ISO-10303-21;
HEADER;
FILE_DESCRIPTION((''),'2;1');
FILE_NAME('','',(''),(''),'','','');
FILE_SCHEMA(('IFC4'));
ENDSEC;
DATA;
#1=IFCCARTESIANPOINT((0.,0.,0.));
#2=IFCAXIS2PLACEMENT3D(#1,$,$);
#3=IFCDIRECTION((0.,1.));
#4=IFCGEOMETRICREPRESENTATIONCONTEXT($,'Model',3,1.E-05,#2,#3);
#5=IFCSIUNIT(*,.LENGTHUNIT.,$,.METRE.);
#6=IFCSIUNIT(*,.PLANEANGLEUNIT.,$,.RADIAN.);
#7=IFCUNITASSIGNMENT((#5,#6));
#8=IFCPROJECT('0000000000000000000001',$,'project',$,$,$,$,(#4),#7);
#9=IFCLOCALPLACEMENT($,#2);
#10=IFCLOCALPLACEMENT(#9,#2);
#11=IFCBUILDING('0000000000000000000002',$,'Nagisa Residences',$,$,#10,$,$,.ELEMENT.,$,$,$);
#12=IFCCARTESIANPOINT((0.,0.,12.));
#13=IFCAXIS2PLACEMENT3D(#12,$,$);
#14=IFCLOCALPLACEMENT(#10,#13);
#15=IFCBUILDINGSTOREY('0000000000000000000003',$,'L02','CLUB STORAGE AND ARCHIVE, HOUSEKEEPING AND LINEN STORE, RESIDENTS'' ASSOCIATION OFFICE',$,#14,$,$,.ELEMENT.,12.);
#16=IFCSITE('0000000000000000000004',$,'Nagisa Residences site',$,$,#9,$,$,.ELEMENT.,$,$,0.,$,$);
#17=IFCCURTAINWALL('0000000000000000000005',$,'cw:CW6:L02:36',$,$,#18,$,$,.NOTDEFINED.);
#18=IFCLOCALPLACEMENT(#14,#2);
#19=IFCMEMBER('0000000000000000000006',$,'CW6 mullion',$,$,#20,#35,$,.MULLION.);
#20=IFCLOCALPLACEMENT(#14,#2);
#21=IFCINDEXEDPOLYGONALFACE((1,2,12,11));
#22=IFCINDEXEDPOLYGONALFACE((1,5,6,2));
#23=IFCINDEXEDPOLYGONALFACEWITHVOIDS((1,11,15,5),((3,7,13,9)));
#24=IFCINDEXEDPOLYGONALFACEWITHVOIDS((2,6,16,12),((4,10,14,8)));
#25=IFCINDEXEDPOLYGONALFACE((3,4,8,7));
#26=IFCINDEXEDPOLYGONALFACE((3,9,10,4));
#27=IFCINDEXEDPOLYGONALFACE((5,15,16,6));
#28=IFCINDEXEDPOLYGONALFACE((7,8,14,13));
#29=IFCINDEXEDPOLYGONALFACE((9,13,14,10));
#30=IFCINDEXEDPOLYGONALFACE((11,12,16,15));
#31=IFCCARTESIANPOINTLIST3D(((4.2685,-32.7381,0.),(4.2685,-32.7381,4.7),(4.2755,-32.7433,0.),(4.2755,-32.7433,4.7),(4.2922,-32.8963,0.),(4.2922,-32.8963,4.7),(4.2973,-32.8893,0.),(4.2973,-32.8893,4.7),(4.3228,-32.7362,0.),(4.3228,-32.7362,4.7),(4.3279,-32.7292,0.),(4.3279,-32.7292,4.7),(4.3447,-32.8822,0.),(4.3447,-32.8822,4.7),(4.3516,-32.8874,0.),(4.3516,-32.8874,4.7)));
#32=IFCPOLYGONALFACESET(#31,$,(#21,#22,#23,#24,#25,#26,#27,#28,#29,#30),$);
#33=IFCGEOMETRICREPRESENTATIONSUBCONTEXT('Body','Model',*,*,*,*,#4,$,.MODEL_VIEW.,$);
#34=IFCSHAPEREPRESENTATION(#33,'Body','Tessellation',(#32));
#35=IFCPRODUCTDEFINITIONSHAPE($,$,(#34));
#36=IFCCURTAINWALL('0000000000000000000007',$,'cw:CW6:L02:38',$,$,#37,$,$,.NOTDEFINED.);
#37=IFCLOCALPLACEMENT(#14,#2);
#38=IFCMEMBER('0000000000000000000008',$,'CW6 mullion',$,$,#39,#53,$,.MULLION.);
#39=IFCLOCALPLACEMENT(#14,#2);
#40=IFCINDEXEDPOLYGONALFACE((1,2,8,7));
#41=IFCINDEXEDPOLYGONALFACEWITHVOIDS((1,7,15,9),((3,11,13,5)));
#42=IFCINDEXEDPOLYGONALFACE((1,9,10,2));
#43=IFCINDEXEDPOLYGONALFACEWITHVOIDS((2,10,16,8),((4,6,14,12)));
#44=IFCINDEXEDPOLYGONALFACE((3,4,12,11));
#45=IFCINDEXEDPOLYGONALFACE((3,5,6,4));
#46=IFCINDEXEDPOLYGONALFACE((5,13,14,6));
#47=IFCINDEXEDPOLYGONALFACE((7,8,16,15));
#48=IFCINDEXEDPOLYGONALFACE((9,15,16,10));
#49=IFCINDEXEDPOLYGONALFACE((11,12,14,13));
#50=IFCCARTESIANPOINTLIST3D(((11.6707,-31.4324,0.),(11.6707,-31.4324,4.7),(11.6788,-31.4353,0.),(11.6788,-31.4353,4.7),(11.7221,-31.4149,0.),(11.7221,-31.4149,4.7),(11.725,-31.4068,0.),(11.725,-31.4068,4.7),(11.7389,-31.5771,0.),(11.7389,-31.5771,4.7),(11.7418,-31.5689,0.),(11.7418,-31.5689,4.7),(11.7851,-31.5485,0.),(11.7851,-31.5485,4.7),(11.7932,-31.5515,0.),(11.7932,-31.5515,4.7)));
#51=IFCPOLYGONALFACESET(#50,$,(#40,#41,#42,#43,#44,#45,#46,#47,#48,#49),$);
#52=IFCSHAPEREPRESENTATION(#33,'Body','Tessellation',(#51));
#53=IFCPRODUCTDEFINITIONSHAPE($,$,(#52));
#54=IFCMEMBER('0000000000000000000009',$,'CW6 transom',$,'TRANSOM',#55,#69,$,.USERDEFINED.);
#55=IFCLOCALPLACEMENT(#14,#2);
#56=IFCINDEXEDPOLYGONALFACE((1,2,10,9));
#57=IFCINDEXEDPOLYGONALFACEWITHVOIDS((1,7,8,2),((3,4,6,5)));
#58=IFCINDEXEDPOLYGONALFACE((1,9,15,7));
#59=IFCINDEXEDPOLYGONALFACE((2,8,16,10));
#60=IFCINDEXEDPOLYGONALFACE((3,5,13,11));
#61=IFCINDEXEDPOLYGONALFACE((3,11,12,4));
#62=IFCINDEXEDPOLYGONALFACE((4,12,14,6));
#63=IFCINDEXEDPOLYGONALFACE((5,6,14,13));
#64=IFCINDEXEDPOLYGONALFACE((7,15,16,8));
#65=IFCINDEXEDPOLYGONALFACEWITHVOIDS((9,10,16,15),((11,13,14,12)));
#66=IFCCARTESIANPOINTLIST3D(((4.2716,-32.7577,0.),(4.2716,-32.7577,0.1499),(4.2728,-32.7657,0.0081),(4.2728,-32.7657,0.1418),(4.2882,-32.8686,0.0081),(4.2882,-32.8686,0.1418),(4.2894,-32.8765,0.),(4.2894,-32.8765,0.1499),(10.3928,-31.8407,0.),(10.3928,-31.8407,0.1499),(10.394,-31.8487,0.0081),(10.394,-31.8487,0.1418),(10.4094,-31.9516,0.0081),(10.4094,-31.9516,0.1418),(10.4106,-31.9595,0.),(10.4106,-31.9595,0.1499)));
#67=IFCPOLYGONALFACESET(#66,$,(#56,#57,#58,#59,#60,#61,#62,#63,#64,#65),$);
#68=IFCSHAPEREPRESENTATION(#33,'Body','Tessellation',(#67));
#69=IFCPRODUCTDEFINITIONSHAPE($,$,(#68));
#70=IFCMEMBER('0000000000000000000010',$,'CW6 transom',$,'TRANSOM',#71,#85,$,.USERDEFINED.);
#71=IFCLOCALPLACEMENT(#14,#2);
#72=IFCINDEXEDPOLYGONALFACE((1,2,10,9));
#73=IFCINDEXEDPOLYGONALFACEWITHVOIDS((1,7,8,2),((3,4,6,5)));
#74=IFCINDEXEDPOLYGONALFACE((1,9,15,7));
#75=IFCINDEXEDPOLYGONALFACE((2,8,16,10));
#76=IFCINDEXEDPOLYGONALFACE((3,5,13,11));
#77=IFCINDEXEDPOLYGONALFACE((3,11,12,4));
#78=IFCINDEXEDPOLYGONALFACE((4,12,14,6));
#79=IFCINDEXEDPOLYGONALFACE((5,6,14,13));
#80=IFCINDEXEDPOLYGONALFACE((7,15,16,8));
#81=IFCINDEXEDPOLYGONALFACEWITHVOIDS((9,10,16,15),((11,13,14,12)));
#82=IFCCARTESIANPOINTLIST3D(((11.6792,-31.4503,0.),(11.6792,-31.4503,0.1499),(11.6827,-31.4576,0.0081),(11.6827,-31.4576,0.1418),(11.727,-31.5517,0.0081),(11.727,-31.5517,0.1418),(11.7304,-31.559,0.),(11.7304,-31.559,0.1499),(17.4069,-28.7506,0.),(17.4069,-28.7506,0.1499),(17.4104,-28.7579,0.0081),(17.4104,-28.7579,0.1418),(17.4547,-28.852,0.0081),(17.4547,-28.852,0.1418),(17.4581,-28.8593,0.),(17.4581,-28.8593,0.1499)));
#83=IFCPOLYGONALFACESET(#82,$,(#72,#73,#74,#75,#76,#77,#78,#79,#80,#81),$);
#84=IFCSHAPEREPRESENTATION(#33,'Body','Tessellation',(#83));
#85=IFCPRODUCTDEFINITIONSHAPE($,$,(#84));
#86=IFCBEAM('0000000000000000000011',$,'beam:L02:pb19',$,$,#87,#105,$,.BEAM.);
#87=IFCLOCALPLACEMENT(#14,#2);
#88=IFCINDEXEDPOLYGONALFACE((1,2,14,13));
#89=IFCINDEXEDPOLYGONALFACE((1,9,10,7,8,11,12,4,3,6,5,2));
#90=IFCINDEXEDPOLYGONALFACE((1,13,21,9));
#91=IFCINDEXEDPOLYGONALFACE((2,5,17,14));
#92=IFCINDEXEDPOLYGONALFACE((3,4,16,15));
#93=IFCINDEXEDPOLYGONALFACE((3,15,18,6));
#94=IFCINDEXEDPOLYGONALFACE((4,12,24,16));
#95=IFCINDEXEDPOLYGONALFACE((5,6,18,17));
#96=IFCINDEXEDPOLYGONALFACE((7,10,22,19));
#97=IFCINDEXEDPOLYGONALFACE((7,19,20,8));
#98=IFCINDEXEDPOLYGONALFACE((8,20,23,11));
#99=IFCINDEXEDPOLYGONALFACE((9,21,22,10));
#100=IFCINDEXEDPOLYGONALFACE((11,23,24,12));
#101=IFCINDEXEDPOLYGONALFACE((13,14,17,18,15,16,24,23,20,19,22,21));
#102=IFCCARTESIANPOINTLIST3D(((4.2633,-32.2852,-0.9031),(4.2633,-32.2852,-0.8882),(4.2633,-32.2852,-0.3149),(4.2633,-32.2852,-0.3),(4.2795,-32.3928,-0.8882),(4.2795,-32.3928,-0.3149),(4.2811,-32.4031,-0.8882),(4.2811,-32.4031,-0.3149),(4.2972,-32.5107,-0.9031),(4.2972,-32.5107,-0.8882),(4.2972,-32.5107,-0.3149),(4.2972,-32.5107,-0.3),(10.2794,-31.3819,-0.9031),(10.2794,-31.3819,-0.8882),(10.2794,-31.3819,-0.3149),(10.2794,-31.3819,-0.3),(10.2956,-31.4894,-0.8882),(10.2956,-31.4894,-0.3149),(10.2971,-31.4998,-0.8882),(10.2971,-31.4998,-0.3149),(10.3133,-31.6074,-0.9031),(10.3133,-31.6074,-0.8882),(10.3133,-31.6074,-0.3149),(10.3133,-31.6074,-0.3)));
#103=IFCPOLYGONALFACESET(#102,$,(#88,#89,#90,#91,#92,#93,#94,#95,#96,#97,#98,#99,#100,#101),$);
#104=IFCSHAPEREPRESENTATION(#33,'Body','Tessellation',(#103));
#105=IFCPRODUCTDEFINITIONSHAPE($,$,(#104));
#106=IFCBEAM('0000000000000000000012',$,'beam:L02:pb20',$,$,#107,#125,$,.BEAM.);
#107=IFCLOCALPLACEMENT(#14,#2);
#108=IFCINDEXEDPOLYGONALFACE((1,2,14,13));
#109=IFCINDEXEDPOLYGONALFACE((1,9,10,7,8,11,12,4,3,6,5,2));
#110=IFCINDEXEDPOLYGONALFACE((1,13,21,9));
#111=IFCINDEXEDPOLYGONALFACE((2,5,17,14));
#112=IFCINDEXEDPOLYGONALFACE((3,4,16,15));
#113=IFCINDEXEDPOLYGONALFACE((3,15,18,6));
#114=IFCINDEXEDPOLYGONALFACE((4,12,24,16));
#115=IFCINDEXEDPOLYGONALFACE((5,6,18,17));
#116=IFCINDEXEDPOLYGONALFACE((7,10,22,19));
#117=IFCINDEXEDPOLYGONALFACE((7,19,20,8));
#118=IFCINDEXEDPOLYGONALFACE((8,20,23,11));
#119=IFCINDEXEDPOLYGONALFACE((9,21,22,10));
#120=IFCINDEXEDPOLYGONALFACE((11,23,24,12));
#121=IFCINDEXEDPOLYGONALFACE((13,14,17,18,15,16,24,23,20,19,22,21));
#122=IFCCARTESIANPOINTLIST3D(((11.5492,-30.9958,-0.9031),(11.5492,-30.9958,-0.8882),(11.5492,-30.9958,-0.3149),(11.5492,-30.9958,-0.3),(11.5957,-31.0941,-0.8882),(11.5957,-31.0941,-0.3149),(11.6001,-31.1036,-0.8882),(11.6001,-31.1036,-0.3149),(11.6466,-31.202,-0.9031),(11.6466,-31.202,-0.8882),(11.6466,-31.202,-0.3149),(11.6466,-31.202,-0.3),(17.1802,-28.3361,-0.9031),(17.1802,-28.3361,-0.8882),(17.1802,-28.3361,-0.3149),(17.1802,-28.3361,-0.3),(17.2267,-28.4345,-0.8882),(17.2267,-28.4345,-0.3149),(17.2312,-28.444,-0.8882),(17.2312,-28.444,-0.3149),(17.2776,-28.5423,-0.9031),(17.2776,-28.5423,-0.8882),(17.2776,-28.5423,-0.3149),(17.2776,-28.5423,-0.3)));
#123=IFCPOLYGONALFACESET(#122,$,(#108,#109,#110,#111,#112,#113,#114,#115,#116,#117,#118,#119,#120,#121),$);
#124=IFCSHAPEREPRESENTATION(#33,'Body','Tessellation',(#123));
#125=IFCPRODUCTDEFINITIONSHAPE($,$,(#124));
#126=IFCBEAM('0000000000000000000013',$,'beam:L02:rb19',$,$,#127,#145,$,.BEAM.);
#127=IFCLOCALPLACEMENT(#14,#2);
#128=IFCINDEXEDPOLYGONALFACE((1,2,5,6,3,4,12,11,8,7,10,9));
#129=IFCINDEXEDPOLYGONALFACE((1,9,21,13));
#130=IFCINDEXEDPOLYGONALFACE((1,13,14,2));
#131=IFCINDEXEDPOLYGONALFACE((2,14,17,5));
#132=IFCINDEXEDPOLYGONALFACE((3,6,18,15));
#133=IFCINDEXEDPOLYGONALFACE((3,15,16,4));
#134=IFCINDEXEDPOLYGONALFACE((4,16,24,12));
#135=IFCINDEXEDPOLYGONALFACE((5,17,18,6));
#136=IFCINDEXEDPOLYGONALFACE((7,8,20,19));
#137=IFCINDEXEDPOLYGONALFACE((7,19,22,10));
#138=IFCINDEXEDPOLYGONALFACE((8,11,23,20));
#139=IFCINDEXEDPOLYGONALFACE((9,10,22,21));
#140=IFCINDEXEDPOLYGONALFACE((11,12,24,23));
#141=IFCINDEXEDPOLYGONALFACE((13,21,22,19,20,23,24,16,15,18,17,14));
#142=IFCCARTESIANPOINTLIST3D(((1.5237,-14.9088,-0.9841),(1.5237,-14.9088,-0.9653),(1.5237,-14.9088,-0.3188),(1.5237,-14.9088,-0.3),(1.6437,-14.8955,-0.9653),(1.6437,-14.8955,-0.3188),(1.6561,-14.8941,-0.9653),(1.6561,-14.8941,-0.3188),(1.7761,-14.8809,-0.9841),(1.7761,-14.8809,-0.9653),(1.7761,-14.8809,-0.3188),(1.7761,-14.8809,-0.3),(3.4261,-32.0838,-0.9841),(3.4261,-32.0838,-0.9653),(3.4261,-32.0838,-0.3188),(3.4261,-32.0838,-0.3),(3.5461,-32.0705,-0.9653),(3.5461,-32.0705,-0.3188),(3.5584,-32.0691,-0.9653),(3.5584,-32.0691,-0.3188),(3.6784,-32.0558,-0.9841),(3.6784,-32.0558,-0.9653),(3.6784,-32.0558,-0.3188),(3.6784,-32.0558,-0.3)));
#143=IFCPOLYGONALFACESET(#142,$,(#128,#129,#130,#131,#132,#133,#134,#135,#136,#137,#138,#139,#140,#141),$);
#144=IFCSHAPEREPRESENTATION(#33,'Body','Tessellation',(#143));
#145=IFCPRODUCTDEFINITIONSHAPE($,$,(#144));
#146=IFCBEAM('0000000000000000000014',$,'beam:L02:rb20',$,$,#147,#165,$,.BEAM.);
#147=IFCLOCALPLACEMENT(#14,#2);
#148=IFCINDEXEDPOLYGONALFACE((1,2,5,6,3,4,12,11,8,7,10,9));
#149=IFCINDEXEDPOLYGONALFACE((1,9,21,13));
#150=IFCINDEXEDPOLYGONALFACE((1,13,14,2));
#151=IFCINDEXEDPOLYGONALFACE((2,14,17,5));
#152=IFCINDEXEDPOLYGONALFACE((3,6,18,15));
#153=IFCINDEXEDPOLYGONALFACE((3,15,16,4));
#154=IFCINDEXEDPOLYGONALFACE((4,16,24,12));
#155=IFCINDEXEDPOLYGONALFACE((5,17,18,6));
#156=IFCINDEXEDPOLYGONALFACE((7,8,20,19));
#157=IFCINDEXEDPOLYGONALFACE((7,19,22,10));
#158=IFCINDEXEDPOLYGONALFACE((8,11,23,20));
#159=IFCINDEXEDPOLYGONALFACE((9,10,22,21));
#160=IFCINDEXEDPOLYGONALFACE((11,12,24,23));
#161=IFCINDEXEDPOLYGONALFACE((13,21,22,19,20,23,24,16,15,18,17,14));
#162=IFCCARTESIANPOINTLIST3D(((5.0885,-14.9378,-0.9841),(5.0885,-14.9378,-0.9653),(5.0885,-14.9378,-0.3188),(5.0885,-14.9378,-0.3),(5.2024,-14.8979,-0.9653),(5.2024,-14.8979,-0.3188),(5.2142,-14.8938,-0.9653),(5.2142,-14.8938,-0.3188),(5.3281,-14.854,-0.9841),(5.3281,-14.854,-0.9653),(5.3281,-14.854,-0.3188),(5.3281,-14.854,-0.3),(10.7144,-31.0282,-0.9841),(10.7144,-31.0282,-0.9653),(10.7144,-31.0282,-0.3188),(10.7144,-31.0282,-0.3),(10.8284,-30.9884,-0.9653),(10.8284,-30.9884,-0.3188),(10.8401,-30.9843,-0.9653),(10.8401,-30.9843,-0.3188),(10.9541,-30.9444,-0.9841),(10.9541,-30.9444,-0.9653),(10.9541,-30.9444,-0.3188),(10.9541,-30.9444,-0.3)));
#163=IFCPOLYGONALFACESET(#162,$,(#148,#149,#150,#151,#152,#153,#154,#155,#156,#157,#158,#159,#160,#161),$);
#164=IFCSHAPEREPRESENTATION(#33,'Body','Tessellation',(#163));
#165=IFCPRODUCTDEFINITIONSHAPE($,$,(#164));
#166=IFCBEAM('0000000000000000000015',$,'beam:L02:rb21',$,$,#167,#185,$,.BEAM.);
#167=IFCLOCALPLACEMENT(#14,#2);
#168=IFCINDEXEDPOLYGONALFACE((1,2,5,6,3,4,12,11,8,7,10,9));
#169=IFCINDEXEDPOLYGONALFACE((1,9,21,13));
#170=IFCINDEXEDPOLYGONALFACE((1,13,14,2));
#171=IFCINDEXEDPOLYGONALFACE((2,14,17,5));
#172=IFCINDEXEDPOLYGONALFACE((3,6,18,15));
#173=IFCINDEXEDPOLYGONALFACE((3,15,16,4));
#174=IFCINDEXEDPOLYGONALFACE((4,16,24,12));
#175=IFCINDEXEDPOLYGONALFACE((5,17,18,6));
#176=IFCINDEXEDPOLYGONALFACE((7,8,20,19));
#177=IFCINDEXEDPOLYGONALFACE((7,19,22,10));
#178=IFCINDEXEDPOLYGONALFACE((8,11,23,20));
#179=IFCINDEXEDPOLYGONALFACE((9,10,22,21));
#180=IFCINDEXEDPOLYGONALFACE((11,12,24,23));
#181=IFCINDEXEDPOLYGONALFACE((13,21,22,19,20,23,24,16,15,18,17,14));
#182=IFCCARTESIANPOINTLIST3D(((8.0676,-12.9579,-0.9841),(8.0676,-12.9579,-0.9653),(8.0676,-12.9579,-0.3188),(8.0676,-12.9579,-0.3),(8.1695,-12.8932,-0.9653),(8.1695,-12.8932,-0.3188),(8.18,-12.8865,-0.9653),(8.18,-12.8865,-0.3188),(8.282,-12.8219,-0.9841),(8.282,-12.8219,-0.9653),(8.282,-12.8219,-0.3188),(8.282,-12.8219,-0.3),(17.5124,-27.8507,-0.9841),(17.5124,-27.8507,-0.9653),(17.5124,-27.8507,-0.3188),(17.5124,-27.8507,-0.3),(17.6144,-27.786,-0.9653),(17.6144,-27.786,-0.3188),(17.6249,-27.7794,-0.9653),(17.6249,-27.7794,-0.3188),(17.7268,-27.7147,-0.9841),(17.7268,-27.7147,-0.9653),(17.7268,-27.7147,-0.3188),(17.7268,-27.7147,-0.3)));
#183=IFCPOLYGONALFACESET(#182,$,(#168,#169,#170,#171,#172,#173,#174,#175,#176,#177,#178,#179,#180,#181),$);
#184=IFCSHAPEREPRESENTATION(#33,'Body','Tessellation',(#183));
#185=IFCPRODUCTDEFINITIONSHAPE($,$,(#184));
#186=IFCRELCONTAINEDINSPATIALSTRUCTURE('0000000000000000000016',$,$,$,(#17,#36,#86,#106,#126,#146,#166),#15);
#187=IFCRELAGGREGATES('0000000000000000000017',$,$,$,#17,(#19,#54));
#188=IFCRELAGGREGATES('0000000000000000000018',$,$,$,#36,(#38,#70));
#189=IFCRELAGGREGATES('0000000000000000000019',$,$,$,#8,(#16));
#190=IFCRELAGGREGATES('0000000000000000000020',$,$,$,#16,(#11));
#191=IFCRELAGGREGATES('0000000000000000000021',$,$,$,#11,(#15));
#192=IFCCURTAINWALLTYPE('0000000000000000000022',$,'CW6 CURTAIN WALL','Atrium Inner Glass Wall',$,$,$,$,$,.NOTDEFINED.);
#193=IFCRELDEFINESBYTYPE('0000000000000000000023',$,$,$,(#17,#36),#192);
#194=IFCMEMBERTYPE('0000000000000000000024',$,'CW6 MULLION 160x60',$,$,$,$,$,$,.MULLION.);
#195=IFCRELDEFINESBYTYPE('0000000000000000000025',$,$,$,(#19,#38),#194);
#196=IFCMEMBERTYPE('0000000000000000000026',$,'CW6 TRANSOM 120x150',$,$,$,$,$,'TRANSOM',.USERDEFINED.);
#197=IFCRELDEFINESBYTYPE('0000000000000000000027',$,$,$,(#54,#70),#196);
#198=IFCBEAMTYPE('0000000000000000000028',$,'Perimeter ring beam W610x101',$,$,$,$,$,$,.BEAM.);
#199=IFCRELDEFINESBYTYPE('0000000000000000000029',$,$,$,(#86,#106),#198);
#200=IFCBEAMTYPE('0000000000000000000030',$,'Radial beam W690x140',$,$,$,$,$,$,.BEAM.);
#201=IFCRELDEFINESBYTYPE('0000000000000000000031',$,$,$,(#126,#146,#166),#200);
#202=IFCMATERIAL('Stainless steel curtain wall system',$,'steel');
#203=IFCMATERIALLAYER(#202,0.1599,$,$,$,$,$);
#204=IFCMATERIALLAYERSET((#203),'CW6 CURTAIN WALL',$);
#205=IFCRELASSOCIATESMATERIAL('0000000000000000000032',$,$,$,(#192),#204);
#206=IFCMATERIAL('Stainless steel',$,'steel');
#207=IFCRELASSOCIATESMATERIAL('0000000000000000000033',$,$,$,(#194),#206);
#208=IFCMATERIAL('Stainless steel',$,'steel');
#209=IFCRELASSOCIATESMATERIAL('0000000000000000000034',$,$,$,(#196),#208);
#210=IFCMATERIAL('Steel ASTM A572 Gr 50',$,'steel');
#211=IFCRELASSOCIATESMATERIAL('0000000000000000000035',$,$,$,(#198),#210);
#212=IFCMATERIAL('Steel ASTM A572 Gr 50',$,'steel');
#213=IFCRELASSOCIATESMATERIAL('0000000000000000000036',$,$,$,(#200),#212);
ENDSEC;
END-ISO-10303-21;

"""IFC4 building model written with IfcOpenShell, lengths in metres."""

from ifc_helpers import new_model, si_unit, direction, frame, origin, origin_2d, place, context, subcontext, project, spatial, hollow_rectangle, i_section, extrude, material, layer, layer_set, material_profile, profile_set, type_object, element, aggregate, save


model = new_model("IFC4")

# Units and contexts
model_context = context("Model", 3, precision=1e-05, world=origin(), true_north=direction((0.0, 1.0)))
body_context = subcontext(model_context, "Body", "Model", "MODEL_VIEW")
ifc_project = project(units=[si_unit("LENGTHUNIT", "METRE"), si_unit("PLANEANGLEUNIT", "RADIAN")], contexts=[model_context])

# Site, building, storey
site_placement = place(None, origin())
site = spatial("IfcSite", under=ifc_project, at=site_placement, Name="Nagisa Residences site", CompositionType="ELEMENT", RefElevation=0.0)
building_placement = place(site_placement, origin())
building = spatial("IfcBuilding", under=site, at=building_placement, Name="Nagisa Residences", CompositionType="ELEMENT")
storey_placement = place(building_placement, frame((0.0, 0.0, 12.0)))
storey = spatial("IfcBuildingStorey", under=building, at=storey_placement, Name="L02", Description="CLUB STORAGE AND ARCHIVE, HOUSEKEEPING AND LINEN STORE, RESIDENTS' ASSOCIATION OFFICE", CompositionType="ELEMENT", Elevation=12.0)

# Curtain walls, members
ifc_material_1 = material(Name="Stainless steel curtain wall system", Category="steel")
ifc_layer_1 = layer(ifc_material_1, 0.1599)
ifc_layer_set_1 = layer_set([ifc_layer_1], Name="CW6 CURTAIN WALL")
curtain_wall_type_1 = type_object("IfcCurtainWallType", Name="CW6 CURTAIN WALL", Description="Atrium Inner Glass Wall", PredefinedType="NOTDEFINED", material=ifc_layer_set_1)
curtain_wall_1_placement = place(storey_placement, origin())
curtain_wall_1 = element("IfcCurtainWall", 1, at=curtain_wall_1_placement, inside=storey, type_object=curtain_wall_type_1, Name="cw:CW6:L02:36", PredefinedType="NOTDEFINED")
ifc_material_2 = material(Name="Stainless steel", Category="steel")
ifc_material_profile_1 = material_profile(ifc_material_2, hollow_rectangle(XDim=0.1599, YDim=0.0601, WallThickness=0.0061, at=origin_2d()), Name="CW6 MULLION 160x60")
ifc_profile_set_1 = profile_set([ifc_material_profile_1], Name="Stainless steel")
member_type_1 = type_object("IfcMemberType", Name="CW6 MULLION 160x60", PredefinedType="MULLION", material=ifc_profile_set_1)
member_1_placement = place(storey_placement, frame((4.3101, -32.8127, 0.0), z_axis=(0.0, 0.0, 1.0), x_axis=(-0.148158, 0.988964, 0.0)))
member_1 = element("IfcMember", 2, at=member_1_placement, type_object=member_type_1, Name="CW6 mullion", PredefinedType="MULLION", context=body_context, shape_type="SweptSolid", body=[
    extrude(hollow_rectangle(XDim=0.1599, YDim=0.0601, WallThickness=0.0061, at=origin_2d()), origin(), (0.0, 0.0, 1.0), 4.7),
])
curtain_wall_2_placement = place(storey_placement, origin())
curtain_wall_2 = element("IfcCurtainWall", 3, at=curtain_wall_2_placement, inside=storey, type_object=curtain_wall_type_1, Name="cw:CW6:L02:38", PredefinedType="NOTDEFINED")
member_2_placement = place(storey_placement, frame((11.7319, -31.4919, 0.0), z_axis=(0.0, 0.0, 1.0), x_axis=(-0.426358, 0.904554, 0.0)))
member_2 = element("IfcMember", 4, at=member_2_placement, type_object=member_type_1, Name="CW6 mullion", PredefinedType="MULLION", context=body_context, shape_type="SweptSolid", body=[
    extrude(hollow_rectangle(XDim=0.1599, YDim=0.0601, WallThickness=0.0061, at=origin_2d()), origin(), (0.0, 0.0, 1.0), 4.7),
])

# Members
ifc_material_3 = material(Name="Stainless steel", Category="steel")
ifc_material_profile_2 = material_profile(ifc_material_3, hollow_rectangle(XDim=0.1201, YDim=0.1499, WallThickness=0.0081, at=origin_2d()), Name="CW6 TRANSOM 120x150")
ifc_profile_set_2 = profile_set([ifc_material_profile_2], Name="Stainless steel")
member_type_2 = type_object("IfcMemberType", Name="CW6 TRANSOM 120x150", ElementType="TRANSOM", PredefinedType="USERDEFINED", material=ifc_profile_set_2)
member_3_placement = place(storey_placement, frame((4.2805, -32.8171, 0.075), z_axis=(0.988964, 0.148155, 0.0), x_axis=(-0.148155, 0.988964, 0.0)))
member_3 = element("IfcMember", 5, at=member_3_placement, type_object=member_type_2, Name="CW6 transom", ObjectType="TRANSOM", PredefinedType="USERDEFINED", context=body_context, shape_type="SweptSolid", body=[
    extrude(hollow_rectangle(XDim=0.1201, YDim=0.1499, WallThickness=0.0081, at=origin_2d()), origin(), (0.0, 0.0, 1.0), 6.1895),
])
member_4_placement = place(storey_placement, frame((11.7048, -31.5046, 0.075), z_axis=(0.904558, 0.42635, 0.0), x_axis=(-0.42635, 0.904558, 0.0)))
member_4 = element("IfcMember", 6, at=member_4_placement, type_object=member_type_2, Name="CW6 transom", ObjectType="TRANSOM", PredefinedType="USERDEFINED", context=body_context, shape_type="SweptSolid", body=[
    extrude(hollow_rectangle(XDim=0.1201, YDim=0.1499, WallThickness=0.0081, at=origin_2d()), origin(), (0.0, 0.0, 1.0), 6.332),
])

# Beams
ifc_material_4 = material(Name="Steel ASTM A572 Gr 50", Category="steel")
ifc_material_profile_3 = material_profile(ifc_material_4, i_section(OverallWidth=0.228, OverallDepth=0.603, WebThickness=0.0105, FlangeThickness=0.0149, at=origin_2d()), Name="W610x101")
ifc_profile_set_3 = profile_set([ifc_material_profile_3], Name="Steel ASTM A572 Gr 50")
beam_type_1 = type_object("IfcBeamType", Name="Perimeter ring beam W610x101", PredefinedType="BEAM", material=ifc_profile_set_3)
beam_1_placement = place(storey_placement, frame((4.2803, -32.3979, -0.6016), z_axis=(0.988915, 0.148486, 0.0), x_axis=(-0.148486, 0.988915, 0.0)))
element("IfcBeam", 7, at=beam_1_placement, inside=storey, type_object=beam_type_1, Name="beam:L02:pb19", PredefinedType="BEAM", context=body_context, shape_type="SweptSolid", body=[
    extrude(i_section(OverallWidth=0.228, OverallDepth=0.603, WebThickness=0.0105, FlangeThickness=0.0149, at=origin_2d()), origin(), (0.0, 0.0, 1.0), 6.0835),
])
beam_2_placement = place(storey_placement, frame((11.5979, -31.0989, -0.6016), z_axis=(0.904215, 0.427077, 0.0), x_axis=(-0.427077, 0.904215, 0.0)))
element("IfcBeam", 8, at=beam_2_placement, inside=storey, type_object=beam_type_1, Name="beam:L02:pb20", PredefinedType="BEAM", context=body_context, shape_type="SweptSolid", body=[
    extrude(i_section(OverallWidth=0.228, OverallDepth=0.603, WebThickness=0.0105, FlangeThickness=0.0149, at=origin_2d()), origin(), (0.0, 0.0, 1.0), 6.2275),
])
ifc_material_5 = material(Name="Steel ASTM A572 Gr 50", Category="steel")
ifc_material_profile_4 = material_profile(ifc_material_5, i_section(OverallWidth=0.2539, OverallDepth=0.6841, WebThickness=0.0125, FlangeThickness=0.0188, at=origin_2d()), Name="W690x140")
ifc_profile_set_4 = profile_set([ifc_material_profile_4], Name="Steel ASTM A572 Gr 50")
beam_type_2 = type_object("IfcBeamType", Name="Radial beam W690x140", PredefinedType="BEAM", material=ifc_profile_set_4)
beam_3_placement = place(storey_placement, frame((3.5522, -32.0698, -0.6421), z_axis=(-0.110089, 0.993922, 0.0), x_axis=(-0.993922, -0.110089, 0.0)))
element("IfcBeam", 9, at=beam_3_placement, inside=storey, type_object=beam_type_2, Name="beam:L02:rb19", PredefinedType="BEAM", context=body_context, shape_type="SweptSolid", body=[
    extrude(i_section(OverallWidth=0.2539, OverallDepth=0.6841, WebThickness=0.0125, FlangeThickness=0.0188, at=origin_2d()), origin(), (0.0, 0.0, 1.0), 17.28),
])
beam_4_placement = place(storey_placement, frame((10.8342, -30.9863, -0.6421), z_axis=(-0.330051, 0.943963, 0.0), x_axis=(-0.943963, -0.330051, 0.0)))
element("IfcBeam", 10, at=beam_4_placement, inside=storey, type_object=beam_type_2, Name="beam:L02:rb20", PredefinedType="BEAM", context=body_context, shape_type="SweptSolid", body=[
    extrude(i_section(OverallWidth=0.2539, OverallDepth=0.6841, WebThickness=0.0125, FlangeThickness=0.0188, at=origin_2d()), origin(), (0.0, 0.0, 1.0), 17.0457),
])
beam_5_placement = place(storey_placement, frame((17.6196, -27.7827, -0.6421), z_axis=(-0.535566, 0.844493, 0.0), x_axis=(-0.844493, -0.535566, 0.0)))
element("IfcBeam", 11, at=beam_5_placement, inside=storey, type_object=beam_type_2, Name="beam:L02:rb21", PredefinedType="BEAM", context=body_context, shape_type="SweptSolid", body=[
    extrude(i_section(OverallWidth=0.2539, OverallDepth=0.6841, WebThickness=0.0125, FlangeThickness=0.0188, at=origin_2d()), origin(), (0.0, 0.0, 1.0), 17.6353),
])

aggregate(curtain_wall_1, [member_1, member_3])
aggregate(curtain_wall_2, [member_2, member_4])

save(model, "model.ifc")
